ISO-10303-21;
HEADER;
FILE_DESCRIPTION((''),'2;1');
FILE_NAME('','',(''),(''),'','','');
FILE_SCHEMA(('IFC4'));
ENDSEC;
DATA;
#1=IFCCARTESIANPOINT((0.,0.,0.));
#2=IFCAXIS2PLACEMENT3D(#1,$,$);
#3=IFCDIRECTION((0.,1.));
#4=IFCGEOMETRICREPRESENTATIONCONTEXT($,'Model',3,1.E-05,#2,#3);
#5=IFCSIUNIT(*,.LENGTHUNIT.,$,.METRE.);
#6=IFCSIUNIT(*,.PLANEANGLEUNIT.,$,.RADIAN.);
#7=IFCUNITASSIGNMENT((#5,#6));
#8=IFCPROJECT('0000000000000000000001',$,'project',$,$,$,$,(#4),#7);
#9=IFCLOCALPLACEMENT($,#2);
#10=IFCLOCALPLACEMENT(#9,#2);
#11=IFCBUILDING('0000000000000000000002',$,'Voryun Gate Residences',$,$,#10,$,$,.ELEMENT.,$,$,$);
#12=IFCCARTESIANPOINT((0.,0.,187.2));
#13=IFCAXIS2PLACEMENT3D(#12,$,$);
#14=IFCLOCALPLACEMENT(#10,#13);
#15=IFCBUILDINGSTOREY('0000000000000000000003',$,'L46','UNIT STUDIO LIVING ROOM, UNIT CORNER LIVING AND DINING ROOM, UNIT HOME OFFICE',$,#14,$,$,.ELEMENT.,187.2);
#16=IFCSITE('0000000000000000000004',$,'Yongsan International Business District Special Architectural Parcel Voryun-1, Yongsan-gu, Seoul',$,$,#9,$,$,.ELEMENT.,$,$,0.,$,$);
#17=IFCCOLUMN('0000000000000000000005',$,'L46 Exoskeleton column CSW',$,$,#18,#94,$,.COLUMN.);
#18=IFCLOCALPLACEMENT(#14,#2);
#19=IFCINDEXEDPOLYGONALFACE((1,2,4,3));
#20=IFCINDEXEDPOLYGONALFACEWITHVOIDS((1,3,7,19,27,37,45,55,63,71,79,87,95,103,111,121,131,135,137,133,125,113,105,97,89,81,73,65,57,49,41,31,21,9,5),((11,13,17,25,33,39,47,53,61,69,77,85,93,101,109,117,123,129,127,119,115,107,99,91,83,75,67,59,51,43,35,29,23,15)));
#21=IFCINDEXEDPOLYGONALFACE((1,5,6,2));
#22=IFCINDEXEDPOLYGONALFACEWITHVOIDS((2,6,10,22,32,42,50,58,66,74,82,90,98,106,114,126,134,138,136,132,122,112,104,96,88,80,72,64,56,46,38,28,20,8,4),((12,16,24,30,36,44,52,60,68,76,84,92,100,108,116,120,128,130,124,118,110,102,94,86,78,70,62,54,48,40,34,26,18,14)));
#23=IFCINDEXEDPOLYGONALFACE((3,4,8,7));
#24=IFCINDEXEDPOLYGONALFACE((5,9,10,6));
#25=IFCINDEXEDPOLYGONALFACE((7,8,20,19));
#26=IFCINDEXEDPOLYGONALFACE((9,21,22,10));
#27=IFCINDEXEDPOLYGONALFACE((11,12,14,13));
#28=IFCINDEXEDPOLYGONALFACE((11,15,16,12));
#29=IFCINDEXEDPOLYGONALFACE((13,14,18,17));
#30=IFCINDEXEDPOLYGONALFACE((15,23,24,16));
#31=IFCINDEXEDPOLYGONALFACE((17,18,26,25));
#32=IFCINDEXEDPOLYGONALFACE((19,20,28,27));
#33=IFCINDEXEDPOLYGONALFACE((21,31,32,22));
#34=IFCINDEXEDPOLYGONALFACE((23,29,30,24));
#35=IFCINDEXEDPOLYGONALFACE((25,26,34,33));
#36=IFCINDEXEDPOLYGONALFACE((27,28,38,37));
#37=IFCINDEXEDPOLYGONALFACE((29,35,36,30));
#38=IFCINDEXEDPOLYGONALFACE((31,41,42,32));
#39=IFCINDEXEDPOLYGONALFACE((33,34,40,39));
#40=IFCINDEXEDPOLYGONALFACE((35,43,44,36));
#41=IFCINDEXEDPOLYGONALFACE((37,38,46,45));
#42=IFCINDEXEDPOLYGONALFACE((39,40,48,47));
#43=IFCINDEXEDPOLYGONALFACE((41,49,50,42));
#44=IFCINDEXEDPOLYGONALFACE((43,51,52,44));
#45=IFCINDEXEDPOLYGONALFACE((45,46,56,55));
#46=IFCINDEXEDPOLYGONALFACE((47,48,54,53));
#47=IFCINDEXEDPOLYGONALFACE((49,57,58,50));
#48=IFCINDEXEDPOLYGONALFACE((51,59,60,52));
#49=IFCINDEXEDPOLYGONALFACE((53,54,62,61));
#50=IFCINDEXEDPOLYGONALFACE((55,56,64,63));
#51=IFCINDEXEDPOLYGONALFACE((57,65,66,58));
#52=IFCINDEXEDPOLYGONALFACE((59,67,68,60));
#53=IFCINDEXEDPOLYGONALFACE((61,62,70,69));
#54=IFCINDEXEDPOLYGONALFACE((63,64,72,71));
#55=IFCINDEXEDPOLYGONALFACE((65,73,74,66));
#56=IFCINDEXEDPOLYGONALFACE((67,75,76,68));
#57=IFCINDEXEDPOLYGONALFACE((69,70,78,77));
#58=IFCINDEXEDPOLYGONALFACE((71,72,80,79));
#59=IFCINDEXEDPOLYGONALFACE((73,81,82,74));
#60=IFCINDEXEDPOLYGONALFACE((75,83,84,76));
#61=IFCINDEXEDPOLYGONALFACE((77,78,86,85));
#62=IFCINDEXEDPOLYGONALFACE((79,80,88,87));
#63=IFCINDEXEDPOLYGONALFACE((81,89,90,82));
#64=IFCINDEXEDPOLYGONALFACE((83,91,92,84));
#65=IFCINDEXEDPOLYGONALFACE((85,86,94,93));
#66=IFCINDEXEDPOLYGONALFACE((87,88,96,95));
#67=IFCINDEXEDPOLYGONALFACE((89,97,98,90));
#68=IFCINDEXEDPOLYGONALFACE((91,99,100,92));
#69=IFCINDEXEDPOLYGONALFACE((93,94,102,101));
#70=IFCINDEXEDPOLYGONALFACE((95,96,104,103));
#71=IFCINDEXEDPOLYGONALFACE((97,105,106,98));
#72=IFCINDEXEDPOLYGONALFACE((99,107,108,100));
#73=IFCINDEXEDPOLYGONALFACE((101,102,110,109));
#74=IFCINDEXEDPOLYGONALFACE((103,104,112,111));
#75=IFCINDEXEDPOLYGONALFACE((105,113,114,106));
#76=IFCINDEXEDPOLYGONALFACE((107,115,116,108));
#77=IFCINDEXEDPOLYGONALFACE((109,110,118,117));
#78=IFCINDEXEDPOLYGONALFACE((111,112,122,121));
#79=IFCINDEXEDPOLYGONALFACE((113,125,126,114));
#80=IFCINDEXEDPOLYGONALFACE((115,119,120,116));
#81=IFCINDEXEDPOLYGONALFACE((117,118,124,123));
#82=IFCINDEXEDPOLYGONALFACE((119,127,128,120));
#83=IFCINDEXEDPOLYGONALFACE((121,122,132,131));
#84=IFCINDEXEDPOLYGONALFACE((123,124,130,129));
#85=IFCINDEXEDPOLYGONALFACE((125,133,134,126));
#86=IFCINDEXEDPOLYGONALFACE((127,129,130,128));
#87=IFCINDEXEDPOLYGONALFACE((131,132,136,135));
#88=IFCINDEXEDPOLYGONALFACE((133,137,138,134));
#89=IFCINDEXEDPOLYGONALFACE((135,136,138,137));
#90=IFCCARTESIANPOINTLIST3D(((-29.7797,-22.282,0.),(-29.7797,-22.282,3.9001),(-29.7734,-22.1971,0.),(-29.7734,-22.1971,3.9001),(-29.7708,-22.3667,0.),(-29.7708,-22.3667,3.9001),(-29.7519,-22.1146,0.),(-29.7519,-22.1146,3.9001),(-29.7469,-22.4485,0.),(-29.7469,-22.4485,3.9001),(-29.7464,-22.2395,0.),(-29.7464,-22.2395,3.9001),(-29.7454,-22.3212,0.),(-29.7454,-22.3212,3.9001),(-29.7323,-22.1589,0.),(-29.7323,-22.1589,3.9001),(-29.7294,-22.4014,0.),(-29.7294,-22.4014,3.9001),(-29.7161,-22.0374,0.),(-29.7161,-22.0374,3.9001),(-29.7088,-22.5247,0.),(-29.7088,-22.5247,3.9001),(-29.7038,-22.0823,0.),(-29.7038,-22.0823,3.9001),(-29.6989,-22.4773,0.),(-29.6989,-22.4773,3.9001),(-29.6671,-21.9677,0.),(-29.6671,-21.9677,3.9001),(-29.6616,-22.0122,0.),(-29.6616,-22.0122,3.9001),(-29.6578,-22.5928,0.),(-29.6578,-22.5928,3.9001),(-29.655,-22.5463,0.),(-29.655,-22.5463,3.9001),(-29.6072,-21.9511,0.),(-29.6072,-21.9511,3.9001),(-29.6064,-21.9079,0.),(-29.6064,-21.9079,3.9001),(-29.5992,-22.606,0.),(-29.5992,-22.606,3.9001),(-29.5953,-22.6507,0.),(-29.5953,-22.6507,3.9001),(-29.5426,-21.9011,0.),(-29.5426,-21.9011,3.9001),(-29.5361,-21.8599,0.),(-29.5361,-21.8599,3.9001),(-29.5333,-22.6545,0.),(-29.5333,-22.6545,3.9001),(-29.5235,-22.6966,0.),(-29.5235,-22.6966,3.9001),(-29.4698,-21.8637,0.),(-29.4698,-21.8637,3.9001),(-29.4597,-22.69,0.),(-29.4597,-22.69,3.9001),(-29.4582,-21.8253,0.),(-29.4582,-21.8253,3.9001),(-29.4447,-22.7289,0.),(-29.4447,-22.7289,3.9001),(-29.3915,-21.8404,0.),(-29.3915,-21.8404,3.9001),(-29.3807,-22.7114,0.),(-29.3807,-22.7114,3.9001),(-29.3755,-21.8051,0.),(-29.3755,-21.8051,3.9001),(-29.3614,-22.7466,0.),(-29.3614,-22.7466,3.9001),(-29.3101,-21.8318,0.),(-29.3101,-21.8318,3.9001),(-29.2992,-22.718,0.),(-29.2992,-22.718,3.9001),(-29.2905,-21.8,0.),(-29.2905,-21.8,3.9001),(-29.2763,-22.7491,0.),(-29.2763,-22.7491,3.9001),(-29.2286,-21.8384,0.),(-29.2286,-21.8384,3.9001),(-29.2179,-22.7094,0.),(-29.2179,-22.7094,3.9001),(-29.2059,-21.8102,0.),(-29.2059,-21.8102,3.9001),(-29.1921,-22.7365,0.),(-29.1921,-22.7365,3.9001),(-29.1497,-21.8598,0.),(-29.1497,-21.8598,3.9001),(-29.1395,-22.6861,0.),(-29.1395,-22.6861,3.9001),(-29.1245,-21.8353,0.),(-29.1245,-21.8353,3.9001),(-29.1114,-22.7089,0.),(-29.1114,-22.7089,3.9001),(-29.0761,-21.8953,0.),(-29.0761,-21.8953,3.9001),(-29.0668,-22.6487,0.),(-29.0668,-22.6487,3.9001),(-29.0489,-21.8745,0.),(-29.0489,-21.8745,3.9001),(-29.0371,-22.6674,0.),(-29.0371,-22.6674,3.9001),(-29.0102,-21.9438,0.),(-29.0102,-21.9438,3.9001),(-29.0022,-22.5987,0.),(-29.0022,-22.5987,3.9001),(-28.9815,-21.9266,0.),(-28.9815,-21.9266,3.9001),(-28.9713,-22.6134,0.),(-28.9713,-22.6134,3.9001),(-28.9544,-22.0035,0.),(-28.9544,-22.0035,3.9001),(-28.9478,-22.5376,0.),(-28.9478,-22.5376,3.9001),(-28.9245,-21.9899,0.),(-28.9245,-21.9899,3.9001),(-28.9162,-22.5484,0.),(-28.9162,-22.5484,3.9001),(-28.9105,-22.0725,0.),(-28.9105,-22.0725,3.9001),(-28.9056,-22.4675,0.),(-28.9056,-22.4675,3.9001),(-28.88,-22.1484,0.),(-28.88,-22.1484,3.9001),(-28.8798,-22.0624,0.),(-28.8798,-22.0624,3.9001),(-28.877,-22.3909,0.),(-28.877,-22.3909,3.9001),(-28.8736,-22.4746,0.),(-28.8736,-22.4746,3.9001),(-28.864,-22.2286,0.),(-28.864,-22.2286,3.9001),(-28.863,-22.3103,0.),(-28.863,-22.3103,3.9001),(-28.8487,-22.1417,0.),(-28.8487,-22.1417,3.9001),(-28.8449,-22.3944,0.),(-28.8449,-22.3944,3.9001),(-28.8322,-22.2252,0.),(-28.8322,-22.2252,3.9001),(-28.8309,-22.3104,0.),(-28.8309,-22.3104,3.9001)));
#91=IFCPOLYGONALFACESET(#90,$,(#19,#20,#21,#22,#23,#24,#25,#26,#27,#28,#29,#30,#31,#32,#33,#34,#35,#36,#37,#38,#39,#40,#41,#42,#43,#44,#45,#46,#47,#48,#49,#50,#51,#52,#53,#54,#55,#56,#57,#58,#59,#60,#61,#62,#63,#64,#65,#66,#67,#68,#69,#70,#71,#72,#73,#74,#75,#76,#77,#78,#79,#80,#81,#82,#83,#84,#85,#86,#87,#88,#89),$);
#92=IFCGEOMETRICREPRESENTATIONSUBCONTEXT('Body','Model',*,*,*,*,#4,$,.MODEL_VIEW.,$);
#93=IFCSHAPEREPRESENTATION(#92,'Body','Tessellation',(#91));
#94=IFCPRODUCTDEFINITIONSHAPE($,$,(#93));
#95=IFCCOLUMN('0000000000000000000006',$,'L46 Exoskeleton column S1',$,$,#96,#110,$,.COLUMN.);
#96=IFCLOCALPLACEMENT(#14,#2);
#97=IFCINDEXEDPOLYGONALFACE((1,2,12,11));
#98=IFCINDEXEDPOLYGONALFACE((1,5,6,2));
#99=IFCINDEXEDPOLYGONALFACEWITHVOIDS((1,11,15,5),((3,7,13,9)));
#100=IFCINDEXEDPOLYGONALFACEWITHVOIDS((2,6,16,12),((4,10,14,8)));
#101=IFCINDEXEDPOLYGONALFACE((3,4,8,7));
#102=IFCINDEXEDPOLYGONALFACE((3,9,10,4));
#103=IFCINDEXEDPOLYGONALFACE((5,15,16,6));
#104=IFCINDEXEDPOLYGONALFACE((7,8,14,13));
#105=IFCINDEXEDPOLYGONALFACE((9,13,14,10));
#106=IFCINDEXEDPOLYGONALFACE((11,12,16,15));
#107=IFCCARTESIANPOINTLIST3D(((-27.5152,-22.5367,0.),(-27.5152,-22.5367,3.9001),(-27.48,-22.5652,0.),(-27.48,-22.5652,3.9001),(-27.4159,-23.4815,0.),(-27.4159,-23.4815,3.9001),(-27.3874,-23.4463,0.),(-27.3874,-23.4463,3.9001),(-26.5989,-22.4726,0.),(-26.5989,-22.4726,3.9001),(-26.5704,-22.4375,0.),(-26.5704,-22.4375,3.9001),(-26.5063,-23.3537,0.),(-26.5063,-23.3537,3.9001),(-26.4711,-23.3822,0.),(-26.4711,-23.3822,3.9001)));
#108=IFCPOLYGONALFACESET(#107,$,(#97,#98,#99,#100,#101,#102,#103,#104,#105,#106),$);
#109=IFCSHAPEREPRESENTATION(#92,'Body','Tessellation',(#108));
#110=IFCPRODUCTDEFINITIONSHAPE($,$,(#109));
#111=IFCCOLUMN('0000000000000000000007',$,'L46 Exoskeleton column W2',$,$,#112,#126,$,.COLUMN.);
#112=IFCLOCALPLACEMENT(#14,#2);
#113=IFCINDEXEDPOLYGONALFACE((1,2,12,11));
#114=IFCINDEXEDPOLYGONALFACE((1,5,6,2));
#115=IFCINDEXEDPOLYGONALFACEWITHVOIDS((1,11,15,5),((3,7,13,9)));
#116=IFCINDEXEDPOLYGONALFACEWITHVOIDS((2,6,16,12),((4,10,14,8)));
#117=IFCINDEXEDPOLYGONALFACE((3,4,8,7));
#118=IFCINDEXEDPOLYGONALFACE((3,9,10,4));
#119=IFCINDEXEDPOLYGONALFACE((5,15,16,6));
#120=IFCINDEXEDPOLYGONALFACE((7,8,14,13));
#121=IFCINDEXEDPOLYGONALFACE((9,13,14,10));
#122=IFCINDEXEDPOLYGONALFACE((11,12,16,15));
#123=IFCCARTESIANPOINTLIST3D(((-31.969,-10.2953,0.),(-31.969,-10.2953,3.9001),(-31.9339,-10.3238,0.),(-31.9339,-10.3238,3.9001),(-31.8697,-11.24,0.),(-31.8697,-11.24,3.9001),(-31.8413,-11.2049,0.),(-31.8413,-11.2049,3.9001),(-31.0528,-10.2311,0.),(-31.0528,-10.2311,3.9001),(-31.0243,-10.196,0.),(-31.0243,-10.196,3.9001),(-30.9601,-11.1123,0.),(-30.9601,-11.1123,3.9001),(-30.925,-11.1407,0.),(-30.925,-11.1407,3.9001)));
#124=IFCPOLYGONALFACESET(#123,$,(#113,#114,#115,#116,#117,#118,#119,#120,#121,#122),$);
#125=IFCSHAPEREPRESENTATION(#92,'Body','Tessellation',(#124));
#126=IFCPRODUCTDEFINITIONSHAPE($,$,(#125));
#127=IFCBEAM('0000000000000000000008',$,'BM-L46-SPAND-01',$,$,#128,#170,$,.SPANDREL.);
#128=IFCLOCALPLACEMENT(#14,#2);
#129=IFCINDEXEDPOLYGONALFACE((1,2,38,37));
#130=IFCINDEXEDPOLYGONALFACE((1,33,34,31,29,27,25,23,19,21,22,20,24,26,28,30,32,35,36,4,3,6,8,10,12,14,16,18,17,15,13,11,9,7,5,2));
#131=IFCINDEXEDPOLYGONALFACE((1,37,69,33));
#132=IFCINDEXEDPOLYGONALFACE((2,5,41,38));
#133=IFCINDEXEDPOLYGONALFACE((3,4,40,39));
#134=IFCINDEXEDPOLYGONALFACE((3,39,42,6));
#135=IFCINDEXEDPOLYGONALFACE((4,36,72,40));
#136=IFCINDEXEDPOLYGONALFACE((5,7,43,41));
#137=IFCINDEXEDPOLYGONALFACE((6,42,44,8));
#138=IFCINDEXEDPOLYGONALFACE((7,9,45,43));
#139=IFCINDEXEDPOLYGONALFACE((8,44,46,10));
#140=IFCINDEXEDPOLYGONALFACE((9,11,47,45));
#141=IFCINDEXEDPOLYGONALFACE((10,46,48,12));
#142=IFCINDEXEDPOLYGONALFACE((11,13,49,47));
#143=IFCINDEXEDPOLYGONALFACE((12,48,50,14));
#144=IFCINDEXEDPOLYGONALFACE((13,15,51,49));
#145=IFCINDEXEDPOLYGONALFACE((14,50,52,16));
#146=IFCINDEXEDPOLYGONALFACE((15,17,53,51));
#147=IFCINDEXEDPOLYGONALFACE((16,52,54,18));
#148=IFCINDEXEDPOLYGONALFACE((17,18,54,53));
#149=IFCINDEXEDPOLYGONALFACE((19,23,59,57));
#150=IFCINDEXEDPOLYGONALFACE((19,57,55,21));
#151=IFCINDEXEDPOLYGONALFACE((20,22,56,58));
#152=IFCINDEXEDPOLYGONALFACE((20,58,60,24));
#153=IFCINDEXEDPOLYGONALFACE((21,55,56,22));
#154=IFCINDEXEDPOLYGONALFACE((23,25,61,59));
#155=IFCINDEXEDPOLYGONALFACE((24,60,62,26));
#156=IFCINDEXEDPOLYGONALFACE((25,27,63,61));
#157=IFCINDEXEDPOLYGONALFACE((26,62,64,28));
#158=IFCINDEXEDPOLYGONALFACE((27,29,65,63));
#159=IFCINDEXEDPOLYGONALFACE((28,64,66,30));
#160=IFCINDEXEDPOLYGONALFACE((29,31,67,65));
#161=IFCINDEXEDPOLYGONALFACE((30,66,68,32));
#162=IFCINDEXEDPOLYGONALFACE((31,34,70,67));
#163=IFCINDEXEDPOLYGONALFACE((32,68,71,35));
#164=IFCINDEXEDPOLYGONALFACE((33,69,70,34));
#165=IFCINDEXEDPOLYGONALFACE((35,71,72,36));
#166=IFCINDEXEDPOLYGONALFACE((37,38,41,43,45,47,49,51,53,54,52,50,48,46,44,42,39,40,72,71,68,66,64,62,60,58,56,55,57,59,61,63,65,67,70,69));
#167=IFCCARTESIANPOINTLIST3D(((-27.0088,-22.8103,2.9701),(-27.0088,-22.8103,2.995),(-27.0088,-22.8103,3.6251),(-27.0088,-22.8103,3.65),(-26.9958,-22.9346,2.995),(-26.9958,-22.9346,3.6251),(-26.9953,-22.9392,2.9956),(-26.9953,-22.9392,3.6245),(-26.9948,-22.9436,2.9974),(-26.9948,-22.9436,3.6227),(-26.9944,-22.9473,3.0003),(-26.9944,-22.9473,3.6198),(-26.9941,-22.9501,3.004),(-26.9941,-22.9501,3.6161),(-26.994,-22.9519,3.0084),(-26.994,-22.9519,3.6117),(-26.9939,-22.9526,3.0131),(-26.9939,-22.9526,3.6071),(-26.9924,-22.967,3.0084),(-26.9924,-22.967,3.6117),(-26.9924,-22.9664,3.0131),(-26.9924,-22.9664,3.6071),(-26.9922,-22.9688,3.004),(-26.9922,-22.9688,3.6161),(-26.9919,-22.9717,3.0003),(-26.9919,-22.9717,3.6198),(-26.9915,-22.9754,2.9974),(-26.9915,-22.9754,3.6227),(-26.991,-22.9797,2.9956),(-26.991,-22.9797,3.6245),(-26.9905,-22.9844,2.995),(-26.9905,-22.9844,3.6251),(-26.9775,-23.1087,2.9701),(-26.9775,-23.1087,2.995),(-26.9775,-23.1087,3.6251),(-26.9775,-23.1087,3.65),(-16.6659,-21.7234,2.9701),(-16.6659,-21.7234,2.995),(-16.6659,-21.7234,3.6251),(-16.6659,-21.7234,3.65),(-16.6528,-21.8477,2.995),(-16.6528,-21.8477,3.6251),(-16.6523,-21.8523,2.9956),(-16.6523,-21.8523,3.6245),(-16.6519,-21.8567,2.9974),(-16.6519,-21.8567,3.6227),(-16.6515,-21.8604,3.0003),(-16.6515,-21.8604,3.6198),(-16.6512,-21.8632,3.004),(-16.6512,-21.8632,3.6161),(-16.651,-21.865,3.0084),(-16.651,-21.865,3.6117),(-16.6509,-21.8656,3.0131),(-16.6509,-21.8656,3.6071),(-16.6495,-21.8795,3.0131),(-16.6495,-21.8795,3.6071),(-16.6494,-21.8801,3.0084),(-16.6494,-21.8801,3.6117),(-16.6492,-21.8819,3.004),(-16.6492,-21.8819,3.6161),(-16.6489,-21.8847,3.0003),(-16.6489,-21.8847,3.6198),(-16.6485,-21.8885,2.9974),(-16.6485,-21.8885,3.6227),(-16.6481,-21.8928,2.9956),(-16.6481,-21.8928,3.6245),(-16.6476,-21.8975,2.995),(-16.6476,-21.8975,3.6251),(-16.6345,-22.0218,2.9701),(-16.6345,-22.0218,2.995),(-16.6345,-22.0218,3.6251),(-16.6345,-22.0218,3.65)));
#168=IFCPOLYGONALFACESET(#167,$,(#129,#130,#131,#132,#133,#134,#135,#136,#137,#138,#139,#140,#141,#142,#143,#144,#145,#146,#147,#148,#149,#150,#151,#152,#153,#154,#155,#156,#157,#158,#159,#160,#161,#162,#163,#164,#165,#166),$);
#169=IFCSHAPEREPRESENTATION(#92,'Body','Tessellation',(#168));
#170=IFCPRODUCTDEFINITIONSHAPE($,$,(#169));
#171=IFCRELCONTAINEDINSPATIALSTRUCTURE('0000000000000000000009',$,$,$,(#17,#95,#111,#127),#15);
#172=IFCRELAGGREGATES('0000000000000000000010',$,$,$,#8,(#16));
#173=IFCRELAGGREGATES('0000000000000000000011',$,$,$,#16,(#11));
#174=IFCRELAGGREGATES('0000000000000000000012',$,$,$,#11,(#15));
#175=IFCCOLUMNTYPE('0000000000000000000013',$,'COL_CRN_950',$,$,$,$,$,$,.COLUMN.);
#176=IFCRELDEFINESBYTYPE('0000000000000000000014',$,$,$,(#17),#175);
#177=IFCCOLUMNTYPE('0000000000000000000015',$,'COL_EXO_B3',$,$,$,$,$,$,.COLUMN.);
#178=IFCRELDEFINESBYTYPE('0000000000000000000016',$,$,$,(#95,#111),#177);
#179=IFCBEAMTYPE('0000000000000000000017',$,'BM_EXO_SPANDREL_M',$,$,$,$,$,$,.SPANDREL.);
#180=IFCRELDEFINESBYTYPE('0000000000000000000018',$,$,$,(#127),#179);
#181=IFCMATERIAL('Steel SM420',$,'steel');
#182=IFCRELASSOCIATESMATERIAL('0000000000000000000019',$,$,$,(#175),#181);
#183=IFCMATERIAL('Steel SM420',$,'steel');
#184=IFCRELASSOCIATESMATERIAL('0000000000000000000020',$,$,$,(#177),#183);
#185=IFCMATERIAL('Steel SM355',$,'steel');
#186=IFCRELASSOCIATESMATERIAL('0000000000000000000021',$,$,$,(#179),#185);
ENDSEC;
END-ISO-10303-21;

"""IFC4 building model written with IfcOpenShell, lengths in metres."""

from ifc_helpers import new_model, si_unit, direction, frame, origin, origin_2d, place, context, subcontext, project, spatial, hollow_rectangle, hollow_circle, i_section, extrude, material, material_profile, profile_set, type_object, element, save


model = new_model("IFC4")

# Units and contexts
model_context = context("Model", 3, precision=1e-05, world=origin(), true_north=direction((0.0, 1.0)))
body_context = subcontext(model_context, "Body", "Model", "MODEL_VIEW")
ifc_project = project(units=[si_unit("LENGTHUNIT", "METRE"), si_unit("PLANEANGLEUNIT", "RADIAN")], contexts=[model_context])

# Site, building, storey
site_placement = place(None, origin())
site = spatial("IfcSite", under=ifc_project, at=site_placement, Name="Yongsan International Business District Special Architectural Parcel Voryun-1, Yongsan-gu, Seoul", CompositionType="ELEMENT", RefElevation=0.0)
building_placement = place(site_placement, origin())
building = spatial("IfcBuilding", under=site, at=building_placement, Name="Voryun Gate Residences", CompositionType="ELEMENT")
storey_placement = place(building_placement, frame((0.0, 0.0, 187.2)))
storey = spatial("IfcBuildingStorey", under=building, at=storey_placement, Name="L46", Description="UNIT STUDIO LIVING ROOM, UNIT CORNER LIVING AND DINING ROOM, UNIT HOME OFFICE", CompositionType="ELEMENT", Elevation=187.2)

# Columns
ifc_material_1 = material(Name="Steel SM420", Category="steel")
ifc_material_profile_1 = material_profile(ifc_material_1, hollow_circle(Radius=0.4751, WallThickness=0.032, at=origin_2d()), Name="CHS-950x32")
ifc_profile_set_1 = profile_set([ifc_material_profile_1], Name="Steel SM420")
column_type_1 = type_object("IfcColumnType", Name="COL_CRN_950", PredefinedType="COLUMN", material=ifc_profile_set_1)
column_placement = place(storey_placement, frame((-29.3047, -22.2749, 0.0), z_axis=(0.0, 0.0, 1.0), x_axis=(0.994522, 0.104528, 0.0)))
element("IfcColumn", 1, at=column_placement, inside=storey, type_object=column_type_1, Name="L46 Exoskeleton column CSW", PredefinedType="COLUMN", context=body_context, shape_type="SweptSolid", body=[
    extrude(hollow_circle(Radius=0.4751, WallThickness=0.032, at=origin_2d()), origin(), (0.0, 0.0, 1.0), 3.9001),
])
ifc_material_2 = material(Name="Steel SM420", Category="steel")
ifc_material_profile_2 = material_profile(ifc_material_2, hollow_rectangle(XDim=0.95, YDim=0.95, WallThickness=0.032, at=origin_2d()), Name="BOX-950x950x32")
ifc_profile_set_2 = profile_set([ifc_material_profile_2], Name="Steel SM420")
column_type_2 = type_object("IfcColumnType", Name="COL_EXO_B3", PredefinedType="COLUMN", material=ifc_profile_set_2)
for number, where, z_axis, x_axis, name in (
    (2, (-26.9932, -22.9595, 0.0), (0.0, 0.0, 1.0), (0.994522, 0.104528, 0.0), "L46 Exoskeleton column S1"),
    (3, (-31.447, -10.718, 0.0), (0.0, 0.0, 1.0), (0.994522, 0.104528, 0.0), "L46 Exoskeleton column W2"),
):
    element("IfcColumn", number, at=place(storey_placement, frame(where, z_axis=z_axis, x_axis=x_axis)), inside=storey, type_object=column_type_2, Name=name, PredefinedType="COLUMN", context=body_context, shape_type="SweptSolid", body=[
        extrude(hollow_rectangle(XDim=0.95, YDim=0.95, WallThickness=0.032, at=origin_2d()), origin(), (0.0, 0.0, 1.0), 3.9001),
    ])

# Beam
ifc_material_3 = material(Name="Steel SM355", Category="steel")
ifc_material_profile_3 = material_profile(ifc_material_3, i_section(OverallWidth=0.3, OverallDepth=0.6799, WebThickness=0.0139, FlangeThickness=0.0249, FilletRadius=0.0181, at=origin_2d()), Name="H-680x300x14x25")
ifc_profile_set_3 = profile_set([ifc_material_profile_3], Name="Steel SM355")
beam_type = type_object("IfcBeamType", Name="BM_EXO_SPANDREL_M", PredefinedType="SPANDREL", material=ifc_profile_set_3)
beam_1_placement = place(storey_placement, frame((-26.9932, -22.9595, 3.3101), z_axis=(0.994524, 0.104511, 0.0), x_axis=(-0.104511, 0.994524, 0.0)))
element("IfcBeam", 4, at=beam_1_placement, inside=storey, type_object=beam_type, Name="BM-L46-SPAND-01", PredefinedType="SPANDREL", context=body_context, shape_type="SweptSolid", body=[
    extrude(i_section(OverallWidth=0.3, OverallDepth=0.6799, WebThickness=0.0139, FlangeThickness=0.0249, FilletRadius=0.0181, at=origin_2d()), origin(), (0.0, 0.0, 1.0), 10.3999),
])

save(model, "model.ifc")
